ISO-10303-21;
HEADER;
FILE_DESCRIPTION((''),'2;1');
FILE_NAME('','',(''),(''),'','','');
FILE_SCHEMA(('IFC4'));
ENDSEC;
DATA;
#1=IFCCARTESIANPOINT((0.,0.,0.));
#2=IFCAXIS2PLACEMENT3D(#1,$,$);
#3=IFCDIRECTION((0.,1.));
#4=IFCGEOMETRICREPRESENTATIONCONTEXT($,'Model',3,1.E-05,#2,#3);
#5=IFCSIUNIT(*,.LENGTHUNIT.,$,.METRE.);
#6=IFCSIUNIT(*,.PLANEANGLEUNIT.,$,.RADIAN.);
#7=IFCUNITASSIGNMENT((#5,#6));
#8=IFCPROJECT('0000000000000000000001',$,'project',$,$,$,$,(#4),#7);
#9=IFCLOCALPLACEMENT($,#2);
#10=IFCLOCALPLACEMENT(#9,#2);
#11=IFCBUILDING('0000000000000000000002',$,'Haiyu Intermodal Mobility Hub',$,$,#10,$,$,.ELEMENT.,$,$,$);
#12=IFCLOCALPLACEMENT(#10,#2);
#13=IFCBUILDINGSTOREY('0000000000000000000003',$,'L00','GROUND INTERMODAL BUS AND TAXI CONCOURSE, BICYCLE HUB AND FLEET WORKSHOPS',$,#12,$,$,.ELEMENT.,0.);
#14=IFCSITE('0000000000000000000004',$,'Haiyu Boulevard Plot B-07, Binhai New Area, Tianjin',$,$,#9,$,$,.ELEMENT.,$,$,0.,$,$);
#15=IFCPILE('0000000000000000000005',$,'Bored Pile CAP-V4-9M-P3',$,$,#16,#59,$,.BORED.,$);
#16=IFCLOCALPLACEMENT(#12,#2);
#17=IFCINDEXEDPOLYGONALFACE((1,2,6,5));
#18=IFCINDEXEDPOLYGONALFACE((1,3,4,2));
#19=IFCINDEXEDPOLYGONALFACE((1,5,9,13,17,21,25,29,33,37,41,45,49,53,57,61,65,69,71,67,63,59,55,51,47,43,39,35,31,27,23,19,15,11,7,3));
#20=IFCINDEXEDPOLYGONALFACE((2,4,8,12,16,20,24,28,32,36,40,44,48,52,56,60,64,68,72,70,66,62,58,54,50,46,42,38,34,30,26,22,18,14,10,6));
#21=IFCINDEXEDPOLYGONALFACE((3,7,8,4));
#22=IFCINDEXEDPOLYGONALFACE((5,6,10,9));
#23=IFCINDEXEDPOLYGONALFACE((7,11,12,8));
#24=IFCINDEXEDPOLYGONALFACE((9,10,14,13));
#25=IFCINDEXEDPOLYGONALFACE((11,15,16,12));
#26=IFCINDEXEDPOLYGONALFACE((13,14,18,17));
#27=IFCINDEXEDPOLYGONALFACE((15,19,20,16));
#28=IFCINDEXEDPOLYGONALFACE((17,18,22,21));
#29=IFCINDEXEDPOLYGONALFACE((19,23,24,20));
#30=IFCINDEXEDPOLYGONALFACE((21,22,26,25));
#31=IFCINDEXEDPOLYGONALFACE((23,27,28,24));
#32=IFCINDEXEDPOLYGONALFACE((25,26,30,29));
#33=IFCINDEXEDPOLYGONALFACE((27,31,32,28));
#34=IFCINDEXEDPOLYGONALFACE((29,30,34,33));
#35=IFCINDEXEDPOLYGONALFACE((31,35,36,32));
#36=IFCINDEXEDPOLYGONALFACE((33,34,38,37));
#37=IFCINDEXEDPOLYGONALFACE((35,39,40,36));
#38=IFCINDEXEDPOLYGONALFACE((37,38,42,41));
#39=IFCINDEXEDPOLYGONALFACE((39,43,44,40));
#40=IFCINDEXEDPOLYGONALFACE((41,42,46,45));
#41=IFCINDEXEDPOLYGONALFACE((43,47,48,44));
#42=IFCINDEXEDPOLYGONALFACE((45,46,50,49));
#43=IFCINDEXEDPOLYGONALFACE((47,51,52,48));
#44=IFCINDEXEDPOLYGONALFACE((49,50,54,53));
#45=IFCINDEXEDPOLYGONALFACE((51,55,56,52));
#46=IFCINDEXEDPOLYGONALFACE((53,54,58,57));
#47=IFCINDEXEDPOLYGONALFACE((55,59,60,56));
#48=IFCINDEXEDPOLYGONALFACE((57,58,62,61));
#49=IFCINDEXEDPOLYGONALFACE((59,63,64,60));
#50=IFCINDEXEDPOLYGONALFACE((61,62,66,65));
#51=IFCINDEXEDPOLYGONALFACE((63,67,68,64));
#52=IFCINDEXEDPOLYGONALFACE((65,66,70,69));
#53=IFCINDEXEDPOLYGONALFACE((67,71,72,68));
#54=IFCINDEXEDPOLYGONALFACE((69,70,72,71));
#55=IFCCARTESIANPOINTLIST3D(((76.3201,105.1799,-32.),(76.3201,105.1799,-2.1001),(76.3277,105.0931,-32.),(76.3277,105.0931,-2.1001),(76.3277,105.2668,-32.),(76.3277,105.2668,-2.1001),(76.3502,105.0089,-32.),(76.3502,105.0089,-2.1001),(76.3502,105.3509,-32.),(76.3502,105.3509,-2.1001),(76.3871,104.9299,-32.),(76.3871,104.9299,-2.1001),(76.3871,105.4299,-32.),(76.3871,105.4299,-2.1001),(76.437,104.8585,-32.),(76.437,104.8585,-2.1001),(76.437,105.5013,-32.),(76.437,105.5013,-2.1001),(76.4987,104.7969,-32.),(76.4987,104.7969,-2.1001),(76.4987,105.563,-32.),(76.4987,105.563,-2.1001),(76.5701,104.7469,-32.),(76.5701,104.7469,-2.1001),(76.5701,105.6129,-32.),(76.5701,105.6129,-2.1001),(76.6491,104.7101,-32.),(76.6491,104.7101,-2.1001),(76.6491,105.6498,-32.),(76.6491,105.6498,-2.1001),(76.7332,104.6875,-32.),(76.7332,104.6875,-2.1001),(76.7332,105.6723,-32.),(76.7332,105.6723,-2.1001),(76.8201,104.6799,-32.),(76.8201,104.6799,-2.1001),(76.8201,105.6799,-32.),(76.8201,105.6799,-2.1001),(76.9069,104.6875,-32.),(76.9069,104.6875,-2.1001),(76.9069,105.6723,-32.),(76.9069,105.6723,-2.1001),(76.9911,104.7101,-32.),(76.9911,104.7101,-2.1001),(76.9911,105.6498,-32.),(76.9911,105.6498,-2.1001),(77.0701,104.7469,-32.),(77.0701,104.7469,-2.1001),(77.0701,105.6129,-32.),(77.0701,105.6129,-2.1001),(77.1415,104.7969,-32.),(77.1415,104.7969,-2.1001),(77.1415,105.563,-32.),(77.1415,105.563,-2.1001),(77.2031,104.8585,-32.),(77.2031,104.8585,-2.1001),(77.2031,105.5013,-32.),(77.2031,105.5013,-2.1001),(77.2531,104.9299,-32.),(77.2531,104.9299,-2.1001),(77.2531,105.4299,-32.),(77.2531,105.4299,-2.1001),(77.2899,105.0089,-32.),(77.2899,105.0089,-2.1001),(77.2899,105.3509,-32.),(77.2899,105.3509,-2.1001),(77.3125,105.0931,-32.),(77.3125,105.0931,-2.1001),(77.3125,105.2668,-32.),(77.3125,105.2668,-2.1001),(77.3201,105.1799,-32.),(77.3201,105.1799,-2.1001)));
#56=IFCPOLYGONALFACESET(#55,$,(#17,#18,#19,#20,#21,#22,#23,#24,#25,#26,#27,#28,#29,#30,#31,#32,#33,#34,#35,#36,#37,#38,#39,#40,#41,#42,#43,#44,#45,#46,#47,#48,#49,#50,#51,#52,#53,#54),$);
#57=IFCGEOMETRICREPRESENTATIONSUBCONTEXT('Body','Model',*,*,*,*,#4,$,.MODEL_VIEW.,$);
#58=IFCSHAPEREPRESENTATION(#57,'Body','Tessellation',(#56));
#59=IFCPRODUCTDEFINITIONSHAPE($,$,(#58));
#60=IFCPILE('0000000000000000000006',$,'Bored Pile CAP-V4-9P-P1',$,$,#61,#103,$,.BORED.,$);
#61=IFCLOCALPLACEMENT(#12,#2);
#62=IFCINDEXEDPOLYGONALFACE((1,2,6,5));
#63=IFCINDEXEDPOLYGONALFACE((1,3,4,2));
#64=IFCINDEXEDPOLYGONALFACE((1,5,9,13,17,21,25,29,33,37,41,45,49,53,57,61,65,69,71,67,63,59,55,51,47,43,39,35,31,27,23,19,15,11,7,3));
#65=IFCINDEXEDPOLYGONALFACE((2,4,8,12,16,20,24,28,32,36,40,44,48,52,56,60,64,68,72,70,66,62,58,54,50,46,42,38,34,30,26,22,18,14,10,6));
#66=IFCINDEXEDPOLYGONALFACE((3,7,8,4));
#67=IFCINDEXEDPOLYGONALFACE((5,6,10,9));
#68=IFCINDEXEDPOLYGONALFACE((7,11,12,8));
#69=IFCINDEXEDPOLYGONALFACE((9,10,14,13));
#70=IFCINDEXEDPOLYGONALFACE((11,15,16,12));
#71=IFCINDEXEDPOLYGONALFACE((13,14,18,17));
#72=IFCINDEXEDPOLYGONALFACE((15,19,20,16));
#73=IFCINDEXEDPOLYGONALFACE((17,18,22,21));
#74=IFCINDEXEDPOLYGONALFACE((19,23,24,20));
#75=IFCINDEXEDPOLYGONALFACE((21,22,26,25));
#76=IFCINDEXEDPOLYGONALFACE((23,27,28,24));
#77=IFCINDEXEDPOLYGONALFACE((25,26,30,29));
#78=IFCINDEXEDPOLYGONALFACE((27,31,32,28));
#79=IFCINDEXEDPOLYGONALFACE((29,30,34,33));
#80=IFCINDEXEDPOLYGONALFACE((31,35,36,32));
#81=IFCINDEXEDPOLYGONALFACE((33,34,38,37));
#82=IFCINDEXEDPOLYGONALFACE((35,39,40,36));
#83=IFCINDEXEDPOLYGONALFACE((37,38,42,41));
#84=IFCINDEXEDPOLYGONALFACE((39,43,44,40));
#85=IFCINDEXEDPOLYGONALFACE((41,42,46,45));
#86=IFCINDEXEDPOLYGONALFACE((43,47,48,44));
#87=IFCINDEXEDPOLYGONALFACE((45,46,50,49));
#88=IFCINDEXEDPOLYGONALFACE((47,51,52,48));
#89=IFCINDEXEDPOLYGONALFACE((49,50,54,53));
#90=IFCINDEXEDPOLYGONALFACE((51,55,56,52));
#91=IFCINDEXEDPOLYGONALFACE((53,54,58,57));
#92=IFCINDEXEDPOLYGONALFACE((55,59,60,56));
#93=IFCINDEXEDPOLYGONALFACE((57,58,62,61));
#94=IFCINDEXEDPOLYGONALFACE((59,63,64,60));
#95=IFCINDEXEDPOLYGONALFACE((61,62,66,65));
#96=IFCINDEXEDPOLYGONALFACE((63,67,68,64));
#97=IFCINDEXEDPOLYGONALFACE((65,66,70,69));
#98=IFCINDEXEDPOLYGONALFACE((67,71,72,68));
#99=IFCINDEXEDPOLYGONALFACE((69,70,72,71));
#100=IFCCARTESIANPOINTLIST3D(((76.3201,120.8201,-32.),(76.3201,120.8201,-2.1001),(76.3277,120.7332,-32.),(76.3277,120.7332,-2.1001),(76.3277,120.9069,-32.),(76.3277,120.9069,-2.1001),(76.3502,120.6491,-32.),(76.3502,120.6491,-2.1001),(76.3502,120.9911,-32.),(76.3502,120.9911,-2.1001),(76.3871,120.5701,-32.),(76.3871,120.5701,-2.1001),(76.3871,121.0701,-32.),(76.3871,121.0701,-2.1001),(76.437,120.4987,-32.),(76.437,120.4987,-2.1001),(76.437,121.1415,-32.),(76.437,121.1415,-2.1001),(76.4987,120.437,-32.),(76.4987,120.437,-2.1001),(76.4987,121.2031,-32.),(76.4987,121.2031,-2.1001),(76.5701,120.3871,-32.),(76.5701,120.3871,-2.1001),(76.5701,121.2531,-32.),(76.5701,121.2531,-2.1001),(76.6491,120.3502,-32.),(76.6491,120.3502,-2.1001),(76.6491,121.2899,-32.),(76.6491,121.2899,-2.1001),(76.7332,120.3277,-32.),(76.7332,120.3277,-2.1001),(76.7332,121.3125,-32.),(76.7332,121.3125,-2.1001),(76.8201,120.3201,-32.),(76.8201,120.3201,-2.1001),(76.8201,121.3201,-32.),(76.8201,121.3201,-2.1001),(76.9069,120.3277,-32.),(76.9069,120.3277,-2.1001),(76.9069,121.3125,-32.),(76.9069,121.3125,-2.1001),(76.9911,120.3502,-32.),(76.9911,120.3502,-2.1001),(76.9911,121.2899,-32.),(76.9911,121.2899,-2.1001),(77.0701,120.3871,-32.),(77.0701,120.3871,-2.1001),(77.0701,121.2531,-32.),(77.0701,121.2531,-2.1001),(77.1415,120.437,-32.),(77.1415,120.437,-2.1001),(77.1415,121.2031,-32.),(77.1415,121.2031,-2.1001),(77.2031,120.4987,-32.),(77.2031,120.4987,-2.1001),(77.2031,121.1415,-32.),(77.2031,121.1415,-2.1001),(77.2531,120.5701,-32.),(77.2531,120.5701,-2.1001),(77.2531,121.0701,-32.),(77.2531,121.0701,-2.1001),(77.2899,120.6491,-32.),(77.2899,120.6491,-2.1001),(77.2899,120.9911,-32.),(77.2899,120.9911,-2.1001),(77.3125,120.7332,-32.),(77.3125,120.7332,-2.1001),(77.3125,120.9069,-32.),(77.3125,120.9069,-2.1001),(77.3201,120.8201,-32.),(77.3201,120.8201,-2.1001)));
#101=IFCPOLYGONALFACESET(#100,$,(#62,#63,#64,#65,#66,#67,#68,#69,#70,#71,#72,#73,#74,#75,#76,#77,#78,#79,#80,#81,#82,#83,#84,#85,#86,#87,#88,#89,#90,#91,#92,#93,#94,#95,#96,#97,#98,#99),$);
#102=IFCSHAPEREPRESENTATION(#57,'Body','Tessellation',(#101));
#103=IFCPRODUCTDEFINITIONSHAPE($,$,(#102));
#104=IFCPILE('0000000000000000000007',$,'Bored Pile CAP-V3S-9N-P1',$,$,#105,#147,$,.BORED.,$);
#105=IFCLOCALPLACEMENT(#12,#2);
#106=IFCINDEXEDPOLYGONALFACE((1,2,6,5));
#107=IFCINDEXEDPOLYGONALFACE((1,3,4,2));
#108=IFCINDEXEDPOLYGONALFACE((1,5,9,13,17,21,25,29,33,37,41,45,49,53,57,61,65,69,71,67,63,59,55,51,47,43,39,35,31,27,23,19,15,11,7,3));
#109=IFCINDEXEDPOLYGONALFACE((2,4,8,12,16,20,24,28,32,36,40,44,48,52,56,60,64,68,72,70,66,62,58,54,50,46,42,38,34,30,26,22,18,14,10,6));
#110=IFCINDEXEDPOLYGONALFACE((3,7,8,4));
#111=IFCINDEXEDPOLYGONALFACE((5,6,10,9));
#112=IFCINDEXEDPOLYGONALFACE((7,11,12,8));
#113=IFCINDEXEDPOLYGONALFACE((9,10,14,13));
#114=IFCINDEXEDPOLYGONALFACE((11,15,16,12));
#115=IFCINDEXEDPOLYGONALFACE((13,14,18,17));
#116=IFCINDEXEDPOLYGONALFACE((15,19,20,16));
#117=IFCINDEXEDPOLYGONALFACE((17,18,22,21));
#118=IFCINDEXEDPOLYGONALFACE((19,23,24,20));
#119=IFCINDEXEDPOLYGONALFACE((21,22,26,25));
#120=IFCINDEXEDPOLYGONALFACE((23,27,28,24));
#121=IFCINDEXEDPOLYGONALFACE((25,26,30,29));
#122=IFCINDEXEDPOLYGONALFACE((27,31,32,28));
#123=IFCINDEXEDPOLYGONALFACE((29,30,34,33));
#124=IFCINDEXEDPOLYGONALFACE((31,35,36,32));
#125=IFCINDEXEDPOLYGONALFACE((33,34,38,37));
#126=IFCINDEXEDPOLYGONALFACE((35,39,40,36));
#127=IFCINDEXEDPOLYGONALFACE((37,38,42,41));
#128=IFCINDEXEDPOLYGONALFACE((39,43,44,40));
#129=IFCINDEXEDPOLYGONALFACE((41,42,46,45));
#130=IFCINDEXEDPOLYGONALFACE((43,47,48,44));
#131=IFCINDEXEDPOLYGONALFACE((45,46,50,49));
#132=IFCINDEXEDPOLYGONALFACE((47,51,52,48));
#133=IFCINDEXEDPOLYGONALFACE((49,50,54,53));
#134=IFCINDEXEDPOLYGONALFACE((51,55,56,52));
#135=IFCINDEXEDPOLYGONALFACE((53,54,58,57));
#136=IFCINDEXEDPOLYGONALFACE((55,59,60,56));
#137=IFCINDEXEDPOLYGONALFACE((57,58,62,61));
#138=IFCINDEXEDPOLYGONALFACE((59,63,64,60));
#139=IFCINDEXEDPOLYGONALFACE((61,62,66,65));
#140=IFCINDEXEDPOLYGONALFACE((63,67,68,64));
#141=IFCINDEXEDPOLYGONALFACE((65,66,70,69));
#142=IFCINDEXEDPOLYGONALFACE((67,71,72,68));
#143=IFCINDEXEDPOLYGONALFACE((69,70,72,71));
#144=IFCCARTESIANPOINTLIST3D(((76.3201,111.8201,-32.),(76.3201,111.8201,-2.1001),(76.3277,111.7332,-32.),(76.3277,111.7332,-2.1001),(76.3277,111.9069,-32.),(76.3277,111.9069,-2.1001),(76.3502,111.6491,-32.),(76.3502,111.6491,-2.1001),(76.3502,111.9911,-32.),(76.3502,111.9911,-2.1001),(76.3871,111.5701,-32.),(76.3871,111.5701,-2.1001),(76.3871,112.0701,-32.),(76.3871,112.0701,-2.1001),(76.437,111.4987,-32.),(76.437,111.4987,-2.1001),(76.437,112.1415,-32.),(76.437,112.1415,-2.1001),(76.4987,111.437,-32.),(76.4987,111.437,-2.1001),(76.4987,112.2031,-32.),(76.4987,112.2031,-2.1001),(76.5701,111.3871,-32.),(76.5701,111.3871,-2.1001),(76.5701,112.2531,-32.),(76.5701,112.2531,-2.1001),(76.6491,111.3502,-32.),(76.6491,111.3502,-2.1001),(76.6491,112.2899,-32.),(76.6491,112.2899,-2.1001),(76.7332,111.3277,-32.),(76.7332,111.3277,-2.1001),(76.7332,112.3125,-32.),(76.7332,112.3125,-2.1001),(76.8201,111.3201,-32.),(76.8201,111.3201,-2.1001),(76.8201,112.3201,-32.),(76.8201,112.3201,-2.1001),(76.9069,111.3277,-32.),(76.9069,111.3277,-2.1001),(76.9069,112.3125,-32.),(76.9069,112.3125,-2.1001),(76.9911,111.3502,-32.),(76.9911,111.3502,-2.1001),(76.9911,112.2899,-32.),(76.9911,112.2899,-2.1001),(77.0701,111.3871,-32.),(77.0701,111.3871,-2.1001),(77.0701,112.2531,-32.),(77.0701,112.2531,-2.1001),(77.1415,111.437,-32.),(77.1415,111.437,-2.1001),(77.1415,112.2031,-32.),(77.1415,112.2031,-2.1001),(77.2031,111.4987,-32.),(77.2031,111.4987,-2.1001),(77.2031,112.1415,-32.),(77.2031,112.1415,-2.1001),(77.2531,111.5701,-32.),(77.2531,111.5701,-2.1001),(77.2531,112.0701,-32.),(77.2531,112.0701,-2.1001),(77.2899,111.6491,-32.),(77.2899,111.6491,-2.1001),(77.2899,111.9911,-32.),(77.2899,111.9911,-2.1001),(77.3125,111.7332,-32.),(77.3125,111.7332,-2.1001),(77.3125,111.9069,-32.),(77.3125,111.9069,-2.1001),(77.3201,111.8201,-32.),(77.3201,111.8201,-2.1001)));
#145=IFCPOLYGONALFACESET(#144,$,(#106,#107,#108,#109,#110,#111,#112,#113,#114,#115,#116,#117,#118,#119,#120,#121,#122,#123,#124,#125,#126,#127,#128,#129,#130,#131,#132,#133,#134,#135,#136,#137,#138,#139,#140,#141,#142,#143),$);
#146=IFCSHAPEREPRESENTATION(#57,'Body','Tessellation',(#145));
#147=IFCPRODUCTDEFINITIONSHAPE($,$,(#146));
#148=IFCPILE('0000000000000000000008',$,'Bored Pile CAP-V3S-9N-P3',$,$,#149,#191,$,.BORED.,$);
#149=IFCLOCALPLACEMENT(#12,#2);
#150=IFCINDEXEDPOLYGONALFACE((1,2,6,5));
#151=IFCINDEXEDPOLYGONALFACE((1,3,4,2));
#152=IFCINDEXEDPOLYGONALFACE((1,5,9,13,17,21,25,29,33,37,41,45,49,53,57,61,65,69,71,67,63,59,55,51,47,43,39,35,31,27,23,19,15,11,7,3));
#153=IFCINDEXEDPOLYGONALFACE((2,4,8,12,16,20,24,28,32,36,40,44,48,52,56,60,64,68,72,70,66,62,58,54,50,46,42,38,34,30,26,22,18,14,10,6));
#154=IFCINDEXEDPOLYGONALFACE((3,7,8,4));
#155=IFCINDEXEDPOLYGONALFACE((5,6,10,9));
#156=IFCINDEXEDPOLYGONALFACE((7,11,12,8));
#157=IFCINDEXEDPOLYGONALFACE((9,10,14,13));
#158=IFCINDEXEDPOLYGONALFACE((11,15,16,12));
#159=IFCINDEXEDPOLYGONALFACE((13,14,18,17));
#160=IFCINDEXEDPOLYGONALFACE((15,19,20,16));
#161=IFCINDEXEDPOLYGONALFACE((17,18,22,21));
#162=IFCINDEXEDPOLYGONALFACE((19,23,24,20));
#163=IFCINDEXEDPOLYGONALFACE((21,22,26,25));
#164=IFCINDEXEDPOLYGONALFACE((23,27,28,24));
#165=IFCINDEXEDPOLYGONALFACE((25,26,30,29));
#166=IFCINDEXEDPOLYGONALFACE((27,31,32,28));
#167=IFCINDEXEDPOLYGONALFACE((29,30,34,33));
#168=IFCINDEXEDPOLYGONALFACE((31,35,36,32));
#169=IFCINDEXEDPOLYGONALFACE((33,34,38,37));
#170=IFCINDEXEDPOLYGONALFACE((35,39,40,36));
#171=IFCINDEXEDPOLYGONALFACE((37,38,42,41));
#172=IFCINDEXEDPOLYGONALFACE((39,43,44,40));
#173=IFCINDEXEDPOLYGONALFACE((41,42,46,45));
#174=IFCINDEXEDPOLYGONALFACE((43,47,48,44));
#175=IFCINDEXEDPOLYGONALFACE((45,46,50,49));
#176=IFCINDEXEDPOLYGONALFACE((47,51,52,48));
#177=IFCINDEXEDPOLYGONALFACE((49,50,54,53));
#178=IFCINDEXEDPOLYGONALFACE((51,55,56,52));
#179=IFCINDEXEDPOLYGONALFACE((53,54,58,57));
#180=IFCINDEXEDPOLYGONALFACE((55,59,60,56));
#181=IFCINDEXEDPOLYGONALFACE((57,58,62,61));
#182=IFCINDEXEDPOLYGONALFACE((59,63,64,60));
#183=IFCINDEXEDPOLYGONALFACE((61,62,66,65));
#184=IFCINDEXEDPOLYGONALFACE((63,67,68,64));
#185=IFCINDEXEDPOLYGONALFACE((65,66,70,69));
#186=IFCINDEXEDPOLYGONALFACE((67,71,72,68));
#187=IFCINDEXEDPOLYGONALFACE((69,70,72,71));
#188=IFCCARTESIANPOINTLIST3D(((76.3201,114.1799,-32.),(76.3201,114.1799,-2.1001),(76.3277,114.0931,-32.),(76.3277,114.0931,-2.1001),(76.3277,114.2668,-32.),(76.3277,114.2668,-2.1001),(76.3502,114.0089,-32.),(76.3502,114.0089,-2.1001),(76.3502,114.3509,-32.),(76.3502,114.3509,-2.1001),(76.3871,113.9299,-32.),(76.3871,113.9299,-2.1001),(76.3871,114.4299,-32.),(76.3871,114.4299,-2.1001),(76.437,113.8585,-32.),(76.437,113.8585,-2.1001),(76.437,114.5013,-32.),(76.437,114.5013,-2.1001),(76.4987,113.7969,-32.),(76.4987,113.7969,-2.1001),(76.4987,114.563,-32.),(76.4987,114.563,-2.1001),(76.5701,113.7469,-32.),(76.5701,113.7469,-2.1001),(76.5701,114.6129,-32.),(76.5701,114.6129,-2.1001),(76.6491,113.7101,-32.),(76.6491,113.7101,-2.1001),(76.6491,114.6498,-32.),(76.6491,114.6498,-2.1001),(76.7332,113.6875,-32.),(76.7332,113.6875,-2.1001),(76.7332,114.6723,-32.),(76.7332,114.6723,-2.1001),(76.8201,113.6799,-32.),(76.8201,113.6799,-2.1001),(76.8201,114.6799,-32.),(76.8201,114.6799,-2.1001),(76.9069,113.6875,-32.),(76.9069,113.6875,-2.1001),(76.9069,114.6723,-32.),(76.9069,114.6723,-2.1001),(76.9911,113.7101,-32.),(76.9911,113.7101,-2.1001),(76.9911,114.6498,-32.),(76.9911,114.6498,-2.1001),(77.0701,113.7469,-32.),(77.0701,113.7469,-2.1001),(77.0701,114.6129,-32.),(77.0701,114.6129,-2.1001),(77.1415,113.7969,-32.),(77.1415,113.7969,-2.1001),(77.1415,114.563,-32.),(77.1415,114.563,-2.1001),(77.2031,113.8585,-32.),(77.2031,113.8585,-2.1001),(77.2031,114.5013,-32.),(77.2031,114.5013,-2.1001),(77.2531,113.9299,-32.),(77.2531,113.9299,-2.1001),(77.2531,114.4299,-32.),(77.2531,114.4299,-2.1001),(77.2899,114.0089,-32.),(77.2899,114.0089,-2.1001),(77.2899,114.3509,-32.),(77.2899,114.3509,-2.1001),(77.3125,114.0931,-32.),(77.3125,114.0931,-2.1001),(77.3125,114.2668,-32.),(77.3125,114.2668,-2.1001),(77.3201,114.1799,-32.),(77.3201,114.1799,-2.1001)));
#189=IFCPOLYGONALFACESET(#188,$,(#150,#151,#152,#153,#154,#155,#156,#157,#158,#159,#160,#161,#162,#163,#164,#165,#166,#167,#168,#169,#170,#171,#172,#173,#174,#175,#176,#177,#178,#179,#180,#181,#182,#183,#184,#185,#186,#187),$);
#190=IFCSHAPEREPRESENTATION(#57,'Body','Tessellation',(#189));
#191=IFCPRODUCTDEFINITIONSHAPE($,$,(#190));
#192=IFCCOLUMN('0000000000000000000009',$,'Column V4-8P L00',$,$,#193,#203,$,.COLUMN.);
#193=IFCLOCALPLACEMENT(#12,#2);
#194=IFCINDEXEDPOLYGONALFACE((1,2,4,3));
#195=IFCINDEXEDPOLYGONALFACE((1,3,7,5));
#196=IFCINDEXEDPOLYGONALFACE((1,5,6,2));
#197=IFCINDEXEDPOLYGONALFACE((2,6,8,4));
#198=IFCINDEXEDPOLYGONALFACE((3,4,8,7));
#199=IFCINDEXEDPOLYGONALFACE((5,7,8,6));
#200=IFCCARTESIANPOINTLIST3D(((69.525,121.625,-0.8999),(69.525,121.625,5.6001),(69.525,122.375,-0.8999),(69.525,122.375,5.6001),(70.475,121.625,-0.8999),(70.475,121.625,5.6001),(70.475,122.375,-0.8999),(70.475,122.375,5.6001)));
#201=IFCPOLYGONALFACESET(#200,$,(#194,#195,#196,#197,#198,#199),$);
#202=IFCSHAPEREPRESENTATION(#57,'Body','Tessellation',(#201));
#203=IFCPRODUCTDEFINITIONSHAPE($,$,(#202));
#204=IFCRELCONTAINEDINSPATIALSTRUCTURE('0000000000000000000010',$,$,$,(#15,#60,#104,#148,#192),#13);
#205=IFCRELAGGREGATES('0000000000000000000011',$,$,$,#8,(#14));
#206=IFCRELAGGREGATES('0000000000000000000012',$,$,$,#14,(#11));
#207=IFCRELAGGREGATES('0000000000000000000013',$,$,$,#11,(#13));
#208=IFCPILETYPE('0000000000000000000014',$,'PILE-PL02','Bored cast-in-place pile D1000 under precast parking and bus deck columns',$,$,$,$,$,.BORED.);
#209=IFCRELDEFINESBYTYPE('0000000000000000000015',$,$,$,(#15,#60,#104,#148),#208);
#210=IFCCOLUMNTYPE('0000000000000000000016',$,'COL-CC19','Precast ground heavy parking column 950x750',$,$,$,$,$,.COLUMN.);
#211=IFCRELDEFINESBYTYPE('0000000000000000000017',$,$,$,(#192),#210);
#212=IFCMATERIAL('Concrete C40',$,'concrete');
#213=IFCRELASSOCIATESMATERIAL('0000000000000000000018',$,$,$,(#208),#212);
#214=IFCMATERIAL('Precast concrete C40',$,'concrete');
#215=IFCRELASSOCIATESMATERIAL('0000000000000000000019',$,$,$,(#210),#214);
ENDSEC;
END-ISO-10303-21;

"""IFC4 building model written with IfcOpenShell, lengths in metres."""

from ifc_helpers import new_model, si_unit, direction, frame, origin, origin_2d, place, context, subcontext, project, spatial, rectangle, circle, extrude, material, material_profile, profile_set, type_object, element, save


model = new_model("IFC4")

# Units and contexts
model_context = context("Model", 3, precision=1e-05, world=origin(), true_north=direction((0.0, 1.0)))
body_context = subcontext(model_context, "Body", "Model", "MODEL_VIEW")
ifc_project = project(units=[si_unit("LENGTHUNIT", "METRE"), si_unit("PLANEANGLEUNIT", "RADIAN")], contexts=[model_context])

# Site, building, storey
site_placement = place(None, origin())
site = spatial("IfcSite", under=ifc_project, at=site_placement, Name="Haiyu Boulevard Plot B-07, Binhai New Area, Tianjin", CompositionType="ELEMENT", RefElevation=0.0)
building_placement = place(site_placement, origin())
building = spatial("IfcBuilding", under=site, at=building_placement, Name="Haiyu Intermodal Mobility Hub", CompositionType="ELEMENT")
storey_placement = place(building_placement, origin())
storey = spatial("IfcBuildingStorey", under=building, at=storey_placement, Name="L00", Description="GROUND INTERMODAL BUS AND TAXI CONCOURSE, BICYCLE HUB AND FLEET WORKSHOPS", CompositionType="ELEMENT", Elevation=0.0)

# Shared definitions
ifc_material_1 = material(Name="Concrete C40", Category="concrete")

# Piles
ifc_material_profile_1 = material_profile(ifc_material_1, circle(Radius=0.5, at=origin_2d()), Name="PILE-D1000")
ifc_profile_set_1 = profile_set([ifc_material_profile_1], Name="Concrete C40")
pile_type_1 = type_object("IfcPileType", Name="PILE-PL02", Description="Bored cast-in-place pile D1000 under precast parking and bus deck columns", PredefinedType="BORED", material=ifc_profile_set_1)
for number, where, z_axis, x_axis, name in (
    (1, (76.8201, 105.1799, -2.1001), (0.0, 0.0, -1.0), (1.0, 0.0, 0.0), "Bored Pile CAP-V4-9M-P3"),
    (2, (76.8201, 120.8201, -2.1001), (0.0, 0.0, -1.0), (1.0, 0.0, 0.0), "Bored Pile CAP-V4-9P-P1"),
    (3, (76.8201, 111.8201, -2.1001), (0.0, 0.0, -1.0), (1.0, 0.0, 0.0), "Bored Pile CAP-V3S-9N-P1"),
    (4, (76.8201, 114.1799, -2.1001), (0.0, 0.0, -1.0), (1.0, 0.0, 0.0), "Bored Pile CAP-V3S-9N-P3"),
):
    element("IfcPile", number, at=place(storey_placement, frame(where, z_axis=z_axis, x_axis=x_axis)), inside=storey, type_object=pile_type_1, Name=name, PredefinedType="BORED", context=body_context, shape_type="SweptSolid", body=[
        extrude(circle(Radius=0.5, at=origin_2d()), origin(), (0.0, 0.0, 1.0), 29.8999),
    ])

# Column
ifc_material_2 = material(Name="Precast concrete C40", Category="concrete")
ifc_material_profile_2 = material_profile(ifc_material_2, rectangle(XDim=0.95, YDim=0.75, at=origin_2d()), Name="C950x750")
ifc_profile_set_2 = profile_set([ifc_material_profile_2], Name="Precast concrete C40")
column_type = type_object("IfcColumnType", Name="COL-CC19", Description="Precast ground heavy parking column 950x750", PredefinedType="COLUMN", material=ifc_profile_set_2)
column_placement = place(storey_placement, frame((70.0, 122.0, -0.8999), z_axis=(0.0, 0.0, 1.0), x_axis=(1.0, 0.0, 0.0)))
element("IfcColumn", 5, at=column_placement, inside=storey, type_object=column_type, Name="Column V4-8P L00", PredefinedType="COLUMN", context=body_context, shape_type="SweptSolid", body=[
    extrude(rectangle(XDim=0.95, YDim=0.75, at=origin_2d()), origin(), (0.0, 0.0, 1.0), 6.5),
])

save(model, "model.ifc")
